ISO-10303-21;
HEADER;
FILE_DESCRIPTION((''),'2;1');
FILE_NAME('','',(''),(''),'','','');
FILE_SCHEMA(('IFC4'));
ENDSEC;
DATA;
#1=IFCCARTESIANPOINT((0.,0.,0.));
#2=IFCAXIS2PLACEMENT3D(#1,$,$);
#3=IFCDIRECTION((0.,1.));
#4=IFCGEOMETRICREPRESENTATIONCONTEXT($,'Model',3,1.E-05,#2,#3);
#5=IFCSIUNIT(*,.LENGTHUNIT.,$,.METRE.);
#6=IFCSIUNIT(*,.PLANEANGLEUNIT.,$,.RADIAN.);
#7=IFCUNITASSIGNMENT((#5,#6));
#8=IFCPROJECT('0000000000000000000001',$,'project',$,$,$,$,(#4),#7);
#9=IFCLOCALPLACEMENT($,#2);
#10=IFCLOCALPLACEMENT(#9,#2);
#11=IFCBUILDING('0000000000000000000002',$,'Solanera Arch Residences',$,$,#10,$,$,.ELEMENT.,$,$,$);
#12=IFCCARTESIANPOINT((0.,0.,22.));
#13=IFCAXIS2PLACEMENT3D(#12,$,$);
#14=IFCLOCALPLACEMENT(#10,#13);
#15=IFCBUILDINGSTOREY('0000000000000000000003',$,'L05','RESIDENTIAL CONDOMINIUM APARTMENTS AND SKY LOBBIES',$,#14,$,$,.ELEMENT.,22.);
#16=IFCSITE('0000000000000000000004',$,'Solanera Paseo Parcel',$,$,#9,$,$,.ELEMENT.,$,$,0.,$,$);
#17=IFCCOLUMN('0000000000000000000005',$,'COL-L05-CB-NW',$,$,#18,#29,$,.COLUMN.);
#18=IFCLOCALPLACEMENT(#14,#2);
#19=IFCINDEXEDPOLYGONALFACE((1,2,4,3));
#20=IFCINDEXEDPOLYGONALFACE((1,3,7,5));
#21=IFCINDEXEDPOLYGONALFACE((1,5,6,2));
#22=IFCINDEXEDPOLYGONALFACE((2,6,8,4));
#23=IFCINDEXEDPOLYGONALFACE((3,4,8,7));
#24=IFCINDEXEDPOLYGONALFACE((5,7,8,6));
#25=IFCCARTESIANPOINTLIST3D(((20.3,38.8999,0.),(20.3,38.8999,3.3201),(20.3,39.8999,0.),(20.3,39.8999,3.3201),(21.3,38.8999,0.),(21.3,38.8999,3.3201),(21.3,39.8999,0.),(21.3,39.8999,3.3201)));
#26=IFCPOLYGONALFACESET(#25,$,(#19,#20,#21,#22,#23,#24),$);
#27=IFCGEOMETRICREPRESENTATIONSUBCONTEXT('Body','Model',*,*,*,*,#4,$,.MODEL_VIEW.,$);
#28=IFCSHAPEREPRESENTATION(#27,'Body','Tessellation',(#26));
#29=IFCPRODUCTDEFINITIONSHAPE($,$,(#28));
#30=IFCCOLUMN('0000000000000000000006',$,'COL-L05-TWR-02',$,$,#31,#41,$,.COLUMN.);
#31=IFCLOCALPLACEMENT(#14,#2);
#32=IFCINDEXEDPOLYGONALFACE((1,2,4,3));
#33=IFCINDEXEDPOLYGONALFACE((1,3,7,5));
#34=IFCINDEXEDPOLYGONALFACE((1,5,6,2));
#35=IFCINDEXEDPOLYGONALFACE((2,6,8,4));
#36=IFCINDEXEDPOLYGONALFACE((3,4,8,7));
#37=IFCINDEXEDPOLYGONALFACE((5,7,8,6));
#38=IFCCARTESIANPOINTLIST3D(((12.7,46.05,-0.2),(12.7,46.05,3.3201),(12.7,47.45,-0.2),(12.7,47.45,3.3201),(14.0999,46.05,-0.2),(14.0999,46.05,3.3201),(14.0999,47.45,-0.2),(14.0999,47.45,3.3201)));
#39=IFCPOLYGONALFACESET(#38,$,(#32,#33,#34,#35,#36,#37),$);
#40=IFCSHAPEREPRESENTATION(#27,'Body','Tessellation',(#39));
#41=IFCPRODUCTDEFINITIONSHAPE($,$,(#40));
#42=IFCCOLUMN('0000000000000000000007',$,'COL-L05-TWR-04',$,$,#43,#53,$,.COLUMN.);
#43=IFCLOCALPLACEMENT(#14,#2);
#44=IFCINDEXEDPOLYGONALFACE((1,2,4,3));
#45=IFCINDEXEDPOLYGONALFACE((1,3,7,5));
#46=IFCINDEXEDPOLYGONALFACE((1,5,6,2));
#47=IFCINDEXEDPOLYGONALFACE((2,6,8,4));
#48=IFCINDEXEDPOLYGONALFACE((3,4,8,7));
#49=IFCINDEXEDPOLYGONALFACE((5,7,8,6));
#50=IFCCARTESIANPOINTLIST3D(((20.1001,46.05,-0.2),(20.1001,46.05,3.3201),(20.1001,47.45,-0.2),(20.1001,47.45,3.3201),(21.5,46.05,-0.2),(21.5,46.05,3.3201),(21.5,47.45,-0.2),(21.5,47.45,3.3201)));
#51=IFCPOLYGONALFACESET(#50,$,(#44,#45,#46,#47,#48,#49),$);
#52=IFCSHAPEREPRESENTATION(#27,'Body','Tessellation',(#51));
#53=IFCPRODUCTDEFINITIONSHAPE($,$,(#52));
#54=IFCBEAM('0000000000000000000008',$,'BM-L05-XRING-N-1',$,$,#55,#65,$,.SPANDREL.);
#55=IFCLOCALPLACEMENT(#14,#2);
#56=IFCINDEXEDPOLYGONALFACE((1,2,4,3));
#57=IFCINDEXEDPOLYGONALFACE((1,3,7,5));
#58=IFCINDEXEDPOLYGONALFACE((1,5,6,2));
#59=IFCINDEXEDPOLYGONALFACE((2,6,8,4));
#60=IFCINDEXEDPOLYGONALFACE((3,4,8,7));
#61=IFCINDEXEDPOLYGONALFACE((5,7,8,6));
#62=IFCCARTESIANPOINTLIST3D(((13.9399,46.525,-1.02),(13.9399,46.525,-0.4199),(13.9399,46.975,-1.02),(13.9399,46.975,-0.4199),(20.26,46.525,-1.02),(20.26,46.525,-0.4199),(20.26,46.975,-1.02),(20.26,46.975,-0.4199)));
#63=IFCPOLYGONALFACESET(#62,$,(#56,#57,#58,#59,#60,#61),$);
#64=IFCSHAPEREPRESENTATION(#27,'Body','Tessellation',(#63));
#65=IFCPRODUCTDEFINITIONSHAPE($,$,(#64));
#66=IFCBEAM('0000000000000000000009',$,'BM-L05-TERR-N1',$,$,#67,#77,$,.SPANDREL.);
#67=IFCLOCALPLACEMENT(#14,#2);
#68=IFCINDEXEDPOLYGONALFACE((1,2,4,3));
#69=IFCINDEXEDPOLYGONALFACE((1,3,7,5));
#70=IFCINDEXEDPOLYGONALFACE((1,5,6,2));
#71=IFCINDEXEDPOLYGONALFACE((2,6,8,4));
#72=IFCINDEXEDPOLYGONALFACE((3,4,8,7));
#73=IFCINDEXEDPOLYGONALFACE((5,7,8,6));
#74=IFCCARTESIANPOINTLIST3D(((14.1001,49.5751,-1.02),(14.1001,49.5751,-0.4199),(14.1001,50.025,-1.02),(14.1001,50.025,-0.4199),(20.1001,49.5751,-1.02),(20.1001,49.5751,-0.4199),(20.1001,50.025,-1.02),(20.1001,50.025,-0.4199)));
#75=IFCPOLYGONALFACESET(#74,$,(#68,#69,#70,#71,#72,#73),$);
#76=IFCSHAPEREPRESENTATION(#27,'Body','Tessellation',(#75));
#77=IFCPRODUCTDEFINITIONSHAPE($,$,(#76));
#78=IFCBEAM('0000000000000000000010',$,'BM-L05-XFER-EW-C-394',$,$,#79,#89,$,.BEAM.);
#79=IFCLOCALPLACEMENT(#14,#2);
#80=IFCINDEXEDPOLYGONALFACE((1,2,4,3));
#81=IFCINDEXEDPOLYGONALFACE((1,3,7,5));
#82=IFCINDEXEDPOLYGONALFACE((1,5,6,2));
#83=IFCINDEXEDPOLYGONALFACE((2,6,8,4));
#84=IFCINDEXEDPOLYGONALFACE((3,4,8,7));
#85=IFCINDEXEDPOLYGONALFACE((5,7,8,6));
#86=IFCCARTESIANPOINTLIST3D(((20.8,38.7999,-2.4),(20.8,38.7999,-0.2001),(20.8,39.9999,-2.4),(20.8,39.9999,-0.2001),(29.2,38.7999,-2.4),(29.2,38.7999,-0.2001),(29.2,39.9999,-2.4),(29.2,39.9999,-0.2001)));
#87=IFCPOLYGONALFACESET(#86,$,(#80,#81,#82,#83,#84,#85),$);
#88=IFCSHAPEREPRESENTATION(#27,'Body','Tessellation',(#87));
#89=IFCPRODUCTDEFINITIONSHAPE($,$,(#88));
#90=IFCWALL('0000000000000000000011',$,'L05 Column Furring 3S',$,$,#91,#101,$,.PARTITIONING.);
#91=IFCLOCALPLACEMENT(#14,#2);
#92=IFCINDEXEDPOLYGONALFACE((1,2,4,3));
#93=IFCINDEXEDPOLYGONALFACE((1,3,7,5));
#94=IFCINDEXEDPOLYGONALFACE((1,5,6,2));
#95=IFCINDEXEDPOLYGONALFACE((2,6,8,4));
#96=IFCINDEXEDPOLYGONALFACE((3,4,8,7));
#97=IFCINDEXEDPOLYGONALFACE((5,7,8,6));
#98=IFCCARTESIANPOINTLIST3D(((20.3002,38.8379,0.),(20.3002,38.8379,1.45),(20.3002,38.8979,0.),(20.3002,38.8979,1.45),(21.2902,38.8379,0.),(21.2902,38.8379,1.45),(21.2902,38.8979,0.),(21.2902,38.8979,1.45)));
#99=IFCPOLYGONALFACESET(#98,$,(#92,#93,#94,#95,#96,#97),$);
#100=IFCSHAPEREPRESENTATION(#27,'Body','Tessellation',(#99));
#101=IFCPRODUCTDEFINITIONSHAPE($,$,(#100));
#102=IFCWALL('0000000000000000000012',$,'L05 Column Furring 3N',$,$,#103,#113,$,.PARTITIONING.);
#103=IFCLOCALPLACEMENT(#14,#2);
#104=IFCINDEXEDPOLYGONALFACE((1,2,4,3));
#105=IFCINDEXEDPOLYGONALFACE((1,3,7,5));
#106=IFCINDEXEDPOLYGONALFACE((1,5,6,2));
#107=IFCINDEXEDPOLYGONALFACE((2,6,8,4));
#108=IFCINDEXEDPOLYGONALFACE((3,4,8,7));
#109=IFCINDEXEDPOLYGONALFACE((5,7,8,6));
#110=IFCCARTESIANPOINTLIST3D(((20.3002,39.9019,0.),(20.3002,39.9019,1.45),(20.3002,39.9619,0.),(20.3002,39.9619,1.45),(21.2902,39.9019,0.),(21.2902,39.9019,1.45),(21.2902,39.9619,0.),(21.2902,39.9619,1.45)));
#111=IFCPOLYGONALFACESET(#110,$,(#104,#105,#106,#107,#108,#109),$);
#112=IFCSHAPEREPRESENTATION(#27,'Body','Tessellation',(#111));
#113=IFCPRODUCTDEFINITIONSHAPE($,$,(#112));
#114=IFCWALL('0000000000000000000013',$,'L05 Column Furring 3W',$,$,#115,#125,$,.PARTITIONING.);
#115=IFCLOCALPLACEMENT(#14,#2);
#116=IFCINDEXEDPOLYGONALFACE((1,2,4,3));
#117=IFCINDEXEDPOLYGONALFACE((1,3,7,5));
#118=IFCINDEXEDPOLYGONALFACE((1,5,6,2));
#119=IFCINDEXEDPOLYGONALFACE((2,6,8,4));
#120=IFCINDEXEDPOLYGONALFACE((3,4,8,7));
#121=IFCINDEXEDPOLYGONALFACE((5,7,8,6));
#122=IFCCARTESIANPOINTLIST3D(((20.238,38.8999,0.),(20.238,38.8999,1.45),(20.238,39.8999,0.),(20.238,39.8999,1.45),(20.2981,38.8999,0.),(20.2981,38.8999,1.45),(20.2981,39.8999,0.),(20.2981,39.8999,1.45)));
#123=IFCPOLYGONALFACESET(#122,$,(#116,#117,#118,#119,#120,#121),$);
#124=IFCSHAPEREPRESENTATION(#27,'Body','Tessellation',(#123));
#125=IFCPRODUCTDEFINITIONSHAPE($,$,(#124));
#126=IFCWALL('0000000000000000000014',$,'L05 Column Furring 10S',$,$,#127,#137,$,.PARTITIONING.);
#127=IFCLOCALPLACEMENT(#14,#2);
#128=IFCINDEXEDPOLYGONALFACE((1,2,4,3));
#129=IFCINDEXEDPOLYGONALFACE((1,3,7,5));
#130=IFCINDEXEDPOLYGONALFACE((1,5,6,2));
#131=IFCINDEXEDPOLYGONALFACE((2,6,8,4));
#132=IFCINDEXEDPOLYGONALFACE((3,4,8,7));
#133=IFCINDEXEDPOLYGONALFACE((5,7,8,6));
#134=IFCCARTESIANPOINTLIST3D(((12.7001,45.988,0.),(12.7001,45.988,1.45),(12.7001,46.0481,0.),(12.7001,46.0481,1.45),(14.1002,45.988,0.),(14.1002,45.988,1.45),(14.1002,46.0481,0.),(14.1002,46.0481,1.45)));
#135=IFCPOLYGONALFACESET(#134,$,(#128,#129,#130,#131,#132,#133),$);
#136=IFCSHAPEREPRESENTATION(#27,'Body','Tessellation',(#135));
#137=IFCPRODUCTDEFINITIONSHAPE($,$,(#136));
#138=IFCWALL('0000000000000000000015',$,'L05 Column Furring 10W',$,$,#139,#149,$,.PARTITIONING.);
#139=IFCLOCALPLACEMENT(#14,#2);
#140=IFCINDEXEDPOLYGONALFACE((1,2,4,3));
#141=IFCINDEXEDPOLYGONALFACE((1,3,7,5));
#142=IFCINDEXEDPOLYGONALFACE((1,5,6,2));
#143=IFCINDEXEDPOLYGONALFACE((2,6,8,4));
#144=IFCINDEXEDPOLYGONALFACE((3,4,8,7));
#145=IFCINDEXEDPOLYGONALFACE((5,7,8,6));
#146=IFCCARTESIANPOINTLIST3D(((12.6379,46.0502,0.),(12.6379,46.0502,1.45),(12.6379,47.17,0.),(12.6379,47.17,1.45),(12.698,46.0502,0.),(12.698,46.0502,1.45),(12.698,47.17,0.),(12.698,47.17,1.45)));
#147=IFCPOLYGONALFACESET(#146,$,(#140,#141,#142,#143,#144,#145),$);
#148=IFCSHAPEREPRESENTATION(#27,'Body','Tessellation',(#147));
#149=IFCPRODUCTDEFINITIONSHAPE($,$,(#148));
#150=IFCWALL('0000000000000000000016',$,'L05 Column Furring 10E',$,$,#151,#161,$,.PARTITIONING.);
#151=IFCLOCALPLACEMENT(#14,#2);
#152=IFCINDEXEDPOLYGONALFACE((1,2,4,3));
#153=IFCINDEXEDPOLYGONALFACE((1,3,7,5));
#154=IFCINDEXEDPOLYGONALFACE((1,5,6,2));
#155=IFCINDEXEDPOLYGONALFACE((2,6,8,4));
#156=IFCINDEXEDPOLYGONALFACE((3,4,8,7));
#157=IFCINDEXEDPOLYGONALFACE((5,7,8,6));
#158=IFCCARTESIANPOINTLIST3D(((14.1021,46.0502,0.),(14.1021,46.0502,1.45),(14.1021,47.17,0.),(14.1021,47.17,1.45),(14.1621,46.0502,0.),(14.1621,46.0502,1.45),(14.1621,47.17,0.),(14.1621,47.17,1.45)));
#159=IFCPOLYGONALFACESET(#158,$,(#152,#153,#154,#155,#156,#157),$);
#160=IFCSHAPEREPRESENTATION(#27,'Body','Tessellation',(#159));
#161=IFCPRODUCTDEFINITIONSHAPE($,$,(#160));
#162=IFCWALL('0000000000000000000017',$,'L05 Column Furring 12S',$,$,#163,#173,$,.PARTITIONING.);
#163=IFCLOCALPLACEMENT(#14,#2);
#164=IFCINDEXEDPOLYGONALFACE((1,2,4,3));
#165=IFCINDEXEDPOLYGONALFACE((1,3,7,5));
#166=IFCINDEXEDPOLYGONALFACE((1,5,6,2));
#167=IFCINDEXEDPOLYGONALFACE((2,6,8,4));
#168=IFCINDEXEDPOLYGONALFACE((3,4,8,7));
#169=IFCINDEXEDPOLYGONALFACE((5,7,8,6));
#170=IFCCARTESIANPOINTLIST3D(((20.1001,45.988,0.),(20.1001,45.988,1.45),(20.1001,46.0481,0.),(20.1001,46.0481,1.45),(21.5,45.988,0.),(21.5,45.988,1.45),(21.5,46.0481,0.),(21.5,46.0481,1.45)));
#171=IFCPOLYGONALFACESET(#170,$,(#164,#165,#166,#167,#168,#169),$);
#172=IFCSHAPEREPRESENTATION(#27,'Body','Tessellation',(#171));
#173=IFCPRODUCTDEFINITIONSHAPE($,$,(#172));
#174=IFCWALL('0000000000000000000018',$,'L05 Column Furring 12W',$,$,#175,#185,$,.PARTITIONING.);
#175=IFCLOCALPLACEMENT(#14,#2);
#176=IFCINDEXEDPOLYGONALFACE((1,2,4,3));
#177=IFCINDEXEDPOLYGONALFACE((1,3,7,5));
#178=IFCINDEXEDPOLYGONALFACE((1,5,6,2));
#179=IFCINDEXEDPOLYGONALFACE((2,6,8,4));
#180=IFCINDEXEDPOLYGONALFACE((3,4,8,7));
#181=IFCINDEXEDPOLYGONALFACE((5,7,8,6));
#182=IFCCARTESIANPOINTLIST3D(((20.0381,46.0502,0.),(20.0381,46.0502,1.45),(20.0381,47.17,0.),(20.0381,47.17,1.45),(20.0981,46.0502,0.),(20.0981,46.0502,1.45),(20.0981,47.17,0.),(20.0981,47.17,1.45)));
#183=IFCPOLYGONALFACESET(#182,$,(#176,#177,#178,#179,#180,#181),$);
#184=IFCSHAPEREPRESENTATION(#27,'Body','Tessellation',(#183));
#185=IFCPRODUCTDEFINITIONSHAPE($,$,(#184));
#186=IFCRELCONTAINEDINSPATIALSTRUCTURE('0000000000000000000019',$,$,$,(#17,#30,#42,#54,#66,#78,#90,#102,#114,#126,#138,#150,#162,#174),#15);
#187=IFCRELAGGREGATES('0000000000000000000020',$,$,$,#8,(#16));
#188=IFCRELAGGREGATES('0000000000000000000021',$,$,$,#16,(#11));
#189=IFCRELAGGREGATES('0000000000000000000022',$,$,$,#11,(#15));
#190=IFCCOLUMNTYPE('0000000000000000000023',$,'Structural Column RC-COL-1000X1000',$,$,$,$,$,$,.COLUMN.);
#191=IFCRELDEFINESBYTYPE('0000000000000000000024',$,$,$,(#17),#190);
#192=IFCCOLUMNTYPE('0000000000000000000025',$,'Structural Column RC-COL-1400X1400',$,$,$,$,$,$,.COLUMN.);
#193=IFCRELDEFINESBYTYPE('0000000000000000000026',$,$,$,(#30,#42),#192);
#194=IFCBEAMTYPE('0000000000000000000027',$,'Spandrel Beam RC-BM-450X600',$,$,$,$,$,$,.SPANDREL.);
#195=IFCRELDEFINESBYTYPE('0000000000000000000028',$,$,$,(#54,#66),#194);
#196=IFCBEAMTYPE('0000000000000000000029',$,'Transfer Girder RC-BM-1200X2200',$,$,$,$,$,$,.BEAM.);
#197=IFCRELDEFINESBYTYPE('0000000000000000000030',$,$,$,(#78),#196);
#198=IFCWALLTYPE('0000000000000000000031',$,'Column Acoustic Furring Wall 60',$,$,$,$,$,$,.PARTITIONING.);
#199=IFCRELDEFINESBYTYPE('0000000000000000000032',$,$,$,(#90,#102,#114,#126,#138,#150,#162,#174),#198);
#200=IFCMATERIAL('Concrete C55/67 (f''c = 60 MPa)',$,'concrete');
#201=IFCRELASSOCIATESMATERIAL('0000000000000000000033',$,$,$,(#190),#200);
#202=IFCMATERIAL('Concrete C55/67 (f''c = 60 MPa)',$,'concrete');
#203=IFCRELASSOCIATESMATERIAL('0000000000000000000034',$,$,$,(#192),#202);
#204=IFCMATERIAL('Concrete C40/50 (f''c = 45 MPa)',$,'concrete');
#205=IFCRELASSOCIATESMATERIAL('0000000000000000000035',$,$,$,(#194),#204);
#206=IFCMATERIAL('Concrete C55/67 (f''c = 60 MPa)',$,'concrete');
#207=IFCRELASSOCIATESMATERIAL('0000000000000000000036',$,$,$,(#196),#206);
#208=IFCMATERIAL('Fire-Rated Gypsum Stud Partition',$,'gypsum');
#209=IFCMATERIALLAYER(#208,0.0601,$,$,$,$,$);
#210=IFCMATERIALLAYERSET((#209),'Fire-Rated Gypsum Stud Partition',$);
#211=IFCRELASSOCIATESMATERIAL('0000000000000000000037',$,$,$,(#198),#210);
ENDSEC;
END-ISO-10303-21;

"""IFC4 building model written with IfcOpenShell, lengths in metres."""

from ifc_helpers import new_model, si_unit, direction, frame, frame_2d, origin, origin_2d, place, context, subcontext, project, spatial, rectangle, extrude, material, layer, layer_set, material_profile, profile_set, type_object, element, save


model = new_model("IFC4")

# Units and contexts
model_context = context("Model", 3, precision=1e-05, world=origin(), true_north=direction((0.0, 1.0)))
body_context = subcontext(model_context, "Body", "Model", "MODEL_VIEW")
ifc_project = project(units=[si_unit("LENGTHUNIT", "METRE"), si_unit("PLANEANGLEUNIT", "RADIAN")], contexts=[model_context])

# Site, building, storey
site_placement = place(None, origin())
site = spatial("IfcSite", under=ifc_project, at=site_placement, Name="Solanera Paseo Parcel", CompositionType="ELEMENT", RefElevation=0.0)
building_placement = place(site_placement, origin())
building = spatial("IfcBuilding", under=site, at=building_placement, Name="Solanera Arch Residences", CompositionType="ELEMENT")
storey_placement = place(building_placement, frame((0.0, 0.0, 22.0)))
storey = spatial("IfcBuildingStorey", under=building, at=storey_placement, Name="L05", Description="RESIDENTIAL CONDOMINIUM APARTMENTS AND SKY LOBBIES", CompositionType="ELEMENT", Elevation=22.0)

# Columns
ifc_material_1 = material(Name="Concrete C55/67 (f'c = 60 MPa)", Category="concrete")
ifc_material_profile_1 = material_profile(ifc_material_1, rectangle(XDim=1.0, YDim=1.0, at=origin_2d()))
ifc_profile_set_1 = profile_set([ifc_material_profile_1], Name="Concrete C55/67 (f'c = 60 MPa)")
column_type_1 = type_object("IfcColumnType", Name="Structural Column RC-COL-1000X1000", PredefinedType="COLUMN", material=ifc_profile_set_1)
column_placement = place(storey_placement, frame((20.8, 39.3999, 0.0), z_axis=(0.0, 0.0, 1.0), x_axis=(1.0, 0.0, 0.0)))
element("IfcColumn", 1, at=column_placement, inside=storey, type_object=column_type_1, Name="COL-L05-CB-NW", PredefinedType="COLUMN", context=body_context, shape_type="SweptSolid", body=[
    extrude(rectangle(XDim=1.0, YDim=1.0, at=origin_2d()), origin(), (0.0, 0.0, 1.0), 3.3201),
])
ifc_material_2 = material(Name="Concrete C55/67 (f'c = 60 MPa)", Category="concrete")
ifc_material_profile_2 = material_profile(ifc_material_2, rectangle(XDim=1.3999, YDim=1.3999, at=origin_2d()))
ifc_profile_set_2 = profile_set([ifc_material_profile_2], Name="Concrete C55/67 (f'c = 60 MPa)")
column_type_2 = type_object("IfcColumnType", Name="Structural Column RC-COL-1400X1400", PredefinedType="COLUMN", material=ifc_profile_set_2)
for number, where, z_axis, x_axis, name in (
    (2, (13.3999, 46.75, -0.2), (0.0, 0.0, 1.0), (1.0, 0.0, 0.0), "COL-L05-TWR-02"),
    (3, (20.8, 46.75, -0.2), (0.0, 0.0, 1.0), (1.0, 0.0, 0.0), "COL-L05-TWR-04"),
):
    element("IfcColumn", number, at=place(storey_placement, frame(where, z_axis=z_axis, x_axis=x_axis)), inside=storey, type_object=column_type_2, Name=name, PredefinedType="COLUMN", context=body_context, shape_type="SweptSolid", body=[
        extrude(rectangle(XDim=1.3999, YDim=1.3999, at=origin_2d()), origin(), (0.0, 0.0, 1.0), 3.52),
    ])

# Beams
ifc_material_3 = material(Name="Concrete C40/50 (f'c = 45 MPa)", Category="concrete")
ifc_material_profile_3 = material_profile(ifc_material_3, rectangle(XDim=0.45, YDim=0.6001, at=origin_2d()))
ifc_profile_set_3 = profile_set([ifc_material_profile_3], Name="Concrete C40/50 (f'c = 45 MPa)")
beam_type_1 = type_object("IfcBeamType", Name="Spandrel Beam RC-BM-450X600", PredefinedType="SPANDREL", material=ifc_profile_set_3)
beam_1_placement = place(storey_placement, frame((13.9399, 46.75, -0.72), z_axis=(1.0, 0.0, 0.0), x_axis=(0.0, 1.0, 0.0)))
element("IfcBeam", 4, at=beam_1_placement, inside=storey, type_object=beam_type_1, Name="BM-L05-XRING-N-1", PredefinedType="SPANDREL", context=body_context, shape_type="SweptSolid", body=[
    extrude(rectangle(XDim=0.45, YDim=0.6001, at=origin_2d()), origin(), (0.0, 0.0, 1.0), 6.3201),
])
beam_2_placement = place(storey_placement, frame((14.1001, 49.8, -0.72), z_axis=(1.0, 0.0, 0.0), x_axis=(0.0, 1.0, 0.0)))
element("IfcBeam", 5, at=beam_2_placement, inside=storey, type_object=beam_type_1, Name="BM-L05-TERR-N1", PredefinedType="SPANDREL", context=body_context, shape_type="SweptSolid", body=[
    extrude(rectangle(XDim=0.45, YDim=0.6001, at=origin_2d()), origin(), (0.0, 0.0, 1.0), 6.0),
])
ifc_material_4 = material(Name="Concrete C55/67 (f'c = 60 MPa)", Category="concrete")
ifc_material_profile_4 = material_profile(ifc_material_4, rectangle(XDim=1.2, YDim=2.2, at=origin_2d()))
ifc_profile_set_4 = profile_set([ifc_material_profile_4], Name="Concrete C55/67 (f'c = 60 MPa)")
beam_type_2 = type_object("IfcBeamType", Name="Transfer Girder RC-BM-1200X2200", PredefinedType="BEAM", material=ifc_profile_set_4)
beam_3_placement = place(storey_placement, frame((20.8, 39.3999, -1.3), z_axis=(1.0, 0.0, 0.0), x_axis=(0.0, 1.0, 0.0)))
element("IfcBeam", 6, at=beam_3_placement, inside=storey, type_object=beam_type_2, Name="BM-L05-XFER-EW-C-394", PredefinedType="BEAM", context=body_context, shape_type="SweptSolid", body=[
    extrude(rectangle(XDim=1.2, YDim=2.2, at=origin_2d()), origin(), (0.0, 0.0, 1.0), 8.3999),
])

# Walls
ifc_material_5 = material(Name="Fire-Rated Gypsum Stud Partition", Category="gypsum")
ifc_layer_1 = layer(ifc_material_5, 0.0601)
ifc_layer_set_1 = layer_set([ifc_layer_1], Name="Fire-Rated Gypsum Stud Partition")
wall_type_1 = type_object("IfcWallType", Name="Column Acoustic Furring Wall 60", PredefinedType="PARTITIONING", material=ifc_layer_set_1)
for number, where, z_axis, x_axis, name in (
    (7, (20.3, 38.8679, 0.0), (0.0, 0.0, 1.0), (1.0, 0.0, 0.0), "L05 Column Furring 3S"),
    (8, (20.3, 39.9319, 0.0), (0.0, 0.0, 1.0), (1.0, 0.0, 0.0), "L05 Column Furring 3N"),
):
    element("IfcWall", number, at=place(storey_placement, frame(where, z_axis=z_axis, x_axis=x_axis)), inside=storey, type_object=wall_type_1, Name=name, PredefinedType="PARTITIONING", context=body_context, shape_type="SweptSolid", body=[
        extrude(rectangle(XDim=0.99, YDim=0.0601, at=frame_2d((0.4951, 0.0))), origin(), (0.0, 0.0, 1.0), 1.45),
    ])
wall_1_placement = place(storey_placement, frame((20.2681, 38.8999, 0.0), z_axis=(0.0, 0.0, 1.0), x_axis=(0.0, 1.0, 0.0)))
element("IfcWall", 9, at=wall_1_placement, inside=storey, type_object=wall_type_1, Name="L05 Column Furring 3W", PredefinedType="PARTITIONING", context=body_context, shape_type="SweptSolid", body=[
    extrude(rectangle(XDim=1.0, YDim=0.0601, at=frame_2d((0.5, 0.0))), origin(), (0.0, 0.0, 1.0), 1.45),
])
wall_2_placement = place(storey_placement, frame((12.7, 46.0181, 0.0), z_axis=(0.0, 0.0, 1.0), x_axis=(1.0, 0.0, 0.0)))
element("IfcWall", 10, at=wall_2_placement, inside=storey, type_object=wall_type_1, Name="L05 Column Furring 10S", PredefinedType="PARTITIONING", context=body_context, shape_type="SweptSolid", body=[
    extrude(rectangle(XDim=1.4001, YDim=0.0601, at=frame_2d((0.7002, 0.0))), origin(), (0.0, 0.0, 1.0), 1.45),
])
for number, where, z_axis, x_axis, name in (
    (11, (12.668, 46.05, 0.0), (0.0, 0.0, 1.0), (0.0, 1.0, 0.0), "L05 Column Furring 10W"),
    (12, (14.1321, 46.05, 0.0), (0.0, 0.0, 1.0), (0.0, 1.0, 0.0), "L05 Column Furring 10E"),
):
    element("IfcWall", number, at=place(storey_placement, frame(where, z_axis=z_axis, x_axis=x_axis)), inside=storey, type_object=wall_type_1, Name=name, PredefinedType="PARTITIONING", context=body_context, shape_type="SweptSolid", body=[
        extrude(rectangle(XDim=1.1199, YDim=0.0601, at=frame_2d((0.5601, 0.0))), origin(), (0.0, 0.0, 1.0), 1.45),
    ])
wall_3_placement = place(storey_placement, frame((20.1001, 46.0181, 0.0), z_axis=(0.0, 0.0, 1.0), x_axis=(1.0, 0.0, 0.0)))
element("IfcWall", 13, at=wall_3_placement, inside=storey, type_object=wall_type_1, Name="L05 Column Furring 12S", PredefinedType="PARTITIONING", context=body_context, shape_type="SweptSolid", body=[
    extrude(rectangle(XDim=1.3999, YDim=0.0601, at=frame_2d((0.7, 0.0))), origin(), (0.0, 0.0, 1.0), 1.45),
])
wall_4_placement = place(storey_placement, frame((20.0681, 46.05, 0.0), z_axis=(0.0, 0.0, 1.0), x_axis=(0.0, 1.0, 0.0)))
element("IfcWall", 14, at=wall_4_placement, inside=storey, type_object=wall_type_1, Name="L05 Column Furring 12W", PredefinedType="PARTITIONING", context=body_context, shape_type="SweptSolid", body=[
    extrude(rectangle(XDim=1.1199, YDim=0.0601, at=frame_2d((0.5601, 0.0))), origin(), (0.0, 0.0, 1.0), 1.45),
])

save(model, "model.ifc")
